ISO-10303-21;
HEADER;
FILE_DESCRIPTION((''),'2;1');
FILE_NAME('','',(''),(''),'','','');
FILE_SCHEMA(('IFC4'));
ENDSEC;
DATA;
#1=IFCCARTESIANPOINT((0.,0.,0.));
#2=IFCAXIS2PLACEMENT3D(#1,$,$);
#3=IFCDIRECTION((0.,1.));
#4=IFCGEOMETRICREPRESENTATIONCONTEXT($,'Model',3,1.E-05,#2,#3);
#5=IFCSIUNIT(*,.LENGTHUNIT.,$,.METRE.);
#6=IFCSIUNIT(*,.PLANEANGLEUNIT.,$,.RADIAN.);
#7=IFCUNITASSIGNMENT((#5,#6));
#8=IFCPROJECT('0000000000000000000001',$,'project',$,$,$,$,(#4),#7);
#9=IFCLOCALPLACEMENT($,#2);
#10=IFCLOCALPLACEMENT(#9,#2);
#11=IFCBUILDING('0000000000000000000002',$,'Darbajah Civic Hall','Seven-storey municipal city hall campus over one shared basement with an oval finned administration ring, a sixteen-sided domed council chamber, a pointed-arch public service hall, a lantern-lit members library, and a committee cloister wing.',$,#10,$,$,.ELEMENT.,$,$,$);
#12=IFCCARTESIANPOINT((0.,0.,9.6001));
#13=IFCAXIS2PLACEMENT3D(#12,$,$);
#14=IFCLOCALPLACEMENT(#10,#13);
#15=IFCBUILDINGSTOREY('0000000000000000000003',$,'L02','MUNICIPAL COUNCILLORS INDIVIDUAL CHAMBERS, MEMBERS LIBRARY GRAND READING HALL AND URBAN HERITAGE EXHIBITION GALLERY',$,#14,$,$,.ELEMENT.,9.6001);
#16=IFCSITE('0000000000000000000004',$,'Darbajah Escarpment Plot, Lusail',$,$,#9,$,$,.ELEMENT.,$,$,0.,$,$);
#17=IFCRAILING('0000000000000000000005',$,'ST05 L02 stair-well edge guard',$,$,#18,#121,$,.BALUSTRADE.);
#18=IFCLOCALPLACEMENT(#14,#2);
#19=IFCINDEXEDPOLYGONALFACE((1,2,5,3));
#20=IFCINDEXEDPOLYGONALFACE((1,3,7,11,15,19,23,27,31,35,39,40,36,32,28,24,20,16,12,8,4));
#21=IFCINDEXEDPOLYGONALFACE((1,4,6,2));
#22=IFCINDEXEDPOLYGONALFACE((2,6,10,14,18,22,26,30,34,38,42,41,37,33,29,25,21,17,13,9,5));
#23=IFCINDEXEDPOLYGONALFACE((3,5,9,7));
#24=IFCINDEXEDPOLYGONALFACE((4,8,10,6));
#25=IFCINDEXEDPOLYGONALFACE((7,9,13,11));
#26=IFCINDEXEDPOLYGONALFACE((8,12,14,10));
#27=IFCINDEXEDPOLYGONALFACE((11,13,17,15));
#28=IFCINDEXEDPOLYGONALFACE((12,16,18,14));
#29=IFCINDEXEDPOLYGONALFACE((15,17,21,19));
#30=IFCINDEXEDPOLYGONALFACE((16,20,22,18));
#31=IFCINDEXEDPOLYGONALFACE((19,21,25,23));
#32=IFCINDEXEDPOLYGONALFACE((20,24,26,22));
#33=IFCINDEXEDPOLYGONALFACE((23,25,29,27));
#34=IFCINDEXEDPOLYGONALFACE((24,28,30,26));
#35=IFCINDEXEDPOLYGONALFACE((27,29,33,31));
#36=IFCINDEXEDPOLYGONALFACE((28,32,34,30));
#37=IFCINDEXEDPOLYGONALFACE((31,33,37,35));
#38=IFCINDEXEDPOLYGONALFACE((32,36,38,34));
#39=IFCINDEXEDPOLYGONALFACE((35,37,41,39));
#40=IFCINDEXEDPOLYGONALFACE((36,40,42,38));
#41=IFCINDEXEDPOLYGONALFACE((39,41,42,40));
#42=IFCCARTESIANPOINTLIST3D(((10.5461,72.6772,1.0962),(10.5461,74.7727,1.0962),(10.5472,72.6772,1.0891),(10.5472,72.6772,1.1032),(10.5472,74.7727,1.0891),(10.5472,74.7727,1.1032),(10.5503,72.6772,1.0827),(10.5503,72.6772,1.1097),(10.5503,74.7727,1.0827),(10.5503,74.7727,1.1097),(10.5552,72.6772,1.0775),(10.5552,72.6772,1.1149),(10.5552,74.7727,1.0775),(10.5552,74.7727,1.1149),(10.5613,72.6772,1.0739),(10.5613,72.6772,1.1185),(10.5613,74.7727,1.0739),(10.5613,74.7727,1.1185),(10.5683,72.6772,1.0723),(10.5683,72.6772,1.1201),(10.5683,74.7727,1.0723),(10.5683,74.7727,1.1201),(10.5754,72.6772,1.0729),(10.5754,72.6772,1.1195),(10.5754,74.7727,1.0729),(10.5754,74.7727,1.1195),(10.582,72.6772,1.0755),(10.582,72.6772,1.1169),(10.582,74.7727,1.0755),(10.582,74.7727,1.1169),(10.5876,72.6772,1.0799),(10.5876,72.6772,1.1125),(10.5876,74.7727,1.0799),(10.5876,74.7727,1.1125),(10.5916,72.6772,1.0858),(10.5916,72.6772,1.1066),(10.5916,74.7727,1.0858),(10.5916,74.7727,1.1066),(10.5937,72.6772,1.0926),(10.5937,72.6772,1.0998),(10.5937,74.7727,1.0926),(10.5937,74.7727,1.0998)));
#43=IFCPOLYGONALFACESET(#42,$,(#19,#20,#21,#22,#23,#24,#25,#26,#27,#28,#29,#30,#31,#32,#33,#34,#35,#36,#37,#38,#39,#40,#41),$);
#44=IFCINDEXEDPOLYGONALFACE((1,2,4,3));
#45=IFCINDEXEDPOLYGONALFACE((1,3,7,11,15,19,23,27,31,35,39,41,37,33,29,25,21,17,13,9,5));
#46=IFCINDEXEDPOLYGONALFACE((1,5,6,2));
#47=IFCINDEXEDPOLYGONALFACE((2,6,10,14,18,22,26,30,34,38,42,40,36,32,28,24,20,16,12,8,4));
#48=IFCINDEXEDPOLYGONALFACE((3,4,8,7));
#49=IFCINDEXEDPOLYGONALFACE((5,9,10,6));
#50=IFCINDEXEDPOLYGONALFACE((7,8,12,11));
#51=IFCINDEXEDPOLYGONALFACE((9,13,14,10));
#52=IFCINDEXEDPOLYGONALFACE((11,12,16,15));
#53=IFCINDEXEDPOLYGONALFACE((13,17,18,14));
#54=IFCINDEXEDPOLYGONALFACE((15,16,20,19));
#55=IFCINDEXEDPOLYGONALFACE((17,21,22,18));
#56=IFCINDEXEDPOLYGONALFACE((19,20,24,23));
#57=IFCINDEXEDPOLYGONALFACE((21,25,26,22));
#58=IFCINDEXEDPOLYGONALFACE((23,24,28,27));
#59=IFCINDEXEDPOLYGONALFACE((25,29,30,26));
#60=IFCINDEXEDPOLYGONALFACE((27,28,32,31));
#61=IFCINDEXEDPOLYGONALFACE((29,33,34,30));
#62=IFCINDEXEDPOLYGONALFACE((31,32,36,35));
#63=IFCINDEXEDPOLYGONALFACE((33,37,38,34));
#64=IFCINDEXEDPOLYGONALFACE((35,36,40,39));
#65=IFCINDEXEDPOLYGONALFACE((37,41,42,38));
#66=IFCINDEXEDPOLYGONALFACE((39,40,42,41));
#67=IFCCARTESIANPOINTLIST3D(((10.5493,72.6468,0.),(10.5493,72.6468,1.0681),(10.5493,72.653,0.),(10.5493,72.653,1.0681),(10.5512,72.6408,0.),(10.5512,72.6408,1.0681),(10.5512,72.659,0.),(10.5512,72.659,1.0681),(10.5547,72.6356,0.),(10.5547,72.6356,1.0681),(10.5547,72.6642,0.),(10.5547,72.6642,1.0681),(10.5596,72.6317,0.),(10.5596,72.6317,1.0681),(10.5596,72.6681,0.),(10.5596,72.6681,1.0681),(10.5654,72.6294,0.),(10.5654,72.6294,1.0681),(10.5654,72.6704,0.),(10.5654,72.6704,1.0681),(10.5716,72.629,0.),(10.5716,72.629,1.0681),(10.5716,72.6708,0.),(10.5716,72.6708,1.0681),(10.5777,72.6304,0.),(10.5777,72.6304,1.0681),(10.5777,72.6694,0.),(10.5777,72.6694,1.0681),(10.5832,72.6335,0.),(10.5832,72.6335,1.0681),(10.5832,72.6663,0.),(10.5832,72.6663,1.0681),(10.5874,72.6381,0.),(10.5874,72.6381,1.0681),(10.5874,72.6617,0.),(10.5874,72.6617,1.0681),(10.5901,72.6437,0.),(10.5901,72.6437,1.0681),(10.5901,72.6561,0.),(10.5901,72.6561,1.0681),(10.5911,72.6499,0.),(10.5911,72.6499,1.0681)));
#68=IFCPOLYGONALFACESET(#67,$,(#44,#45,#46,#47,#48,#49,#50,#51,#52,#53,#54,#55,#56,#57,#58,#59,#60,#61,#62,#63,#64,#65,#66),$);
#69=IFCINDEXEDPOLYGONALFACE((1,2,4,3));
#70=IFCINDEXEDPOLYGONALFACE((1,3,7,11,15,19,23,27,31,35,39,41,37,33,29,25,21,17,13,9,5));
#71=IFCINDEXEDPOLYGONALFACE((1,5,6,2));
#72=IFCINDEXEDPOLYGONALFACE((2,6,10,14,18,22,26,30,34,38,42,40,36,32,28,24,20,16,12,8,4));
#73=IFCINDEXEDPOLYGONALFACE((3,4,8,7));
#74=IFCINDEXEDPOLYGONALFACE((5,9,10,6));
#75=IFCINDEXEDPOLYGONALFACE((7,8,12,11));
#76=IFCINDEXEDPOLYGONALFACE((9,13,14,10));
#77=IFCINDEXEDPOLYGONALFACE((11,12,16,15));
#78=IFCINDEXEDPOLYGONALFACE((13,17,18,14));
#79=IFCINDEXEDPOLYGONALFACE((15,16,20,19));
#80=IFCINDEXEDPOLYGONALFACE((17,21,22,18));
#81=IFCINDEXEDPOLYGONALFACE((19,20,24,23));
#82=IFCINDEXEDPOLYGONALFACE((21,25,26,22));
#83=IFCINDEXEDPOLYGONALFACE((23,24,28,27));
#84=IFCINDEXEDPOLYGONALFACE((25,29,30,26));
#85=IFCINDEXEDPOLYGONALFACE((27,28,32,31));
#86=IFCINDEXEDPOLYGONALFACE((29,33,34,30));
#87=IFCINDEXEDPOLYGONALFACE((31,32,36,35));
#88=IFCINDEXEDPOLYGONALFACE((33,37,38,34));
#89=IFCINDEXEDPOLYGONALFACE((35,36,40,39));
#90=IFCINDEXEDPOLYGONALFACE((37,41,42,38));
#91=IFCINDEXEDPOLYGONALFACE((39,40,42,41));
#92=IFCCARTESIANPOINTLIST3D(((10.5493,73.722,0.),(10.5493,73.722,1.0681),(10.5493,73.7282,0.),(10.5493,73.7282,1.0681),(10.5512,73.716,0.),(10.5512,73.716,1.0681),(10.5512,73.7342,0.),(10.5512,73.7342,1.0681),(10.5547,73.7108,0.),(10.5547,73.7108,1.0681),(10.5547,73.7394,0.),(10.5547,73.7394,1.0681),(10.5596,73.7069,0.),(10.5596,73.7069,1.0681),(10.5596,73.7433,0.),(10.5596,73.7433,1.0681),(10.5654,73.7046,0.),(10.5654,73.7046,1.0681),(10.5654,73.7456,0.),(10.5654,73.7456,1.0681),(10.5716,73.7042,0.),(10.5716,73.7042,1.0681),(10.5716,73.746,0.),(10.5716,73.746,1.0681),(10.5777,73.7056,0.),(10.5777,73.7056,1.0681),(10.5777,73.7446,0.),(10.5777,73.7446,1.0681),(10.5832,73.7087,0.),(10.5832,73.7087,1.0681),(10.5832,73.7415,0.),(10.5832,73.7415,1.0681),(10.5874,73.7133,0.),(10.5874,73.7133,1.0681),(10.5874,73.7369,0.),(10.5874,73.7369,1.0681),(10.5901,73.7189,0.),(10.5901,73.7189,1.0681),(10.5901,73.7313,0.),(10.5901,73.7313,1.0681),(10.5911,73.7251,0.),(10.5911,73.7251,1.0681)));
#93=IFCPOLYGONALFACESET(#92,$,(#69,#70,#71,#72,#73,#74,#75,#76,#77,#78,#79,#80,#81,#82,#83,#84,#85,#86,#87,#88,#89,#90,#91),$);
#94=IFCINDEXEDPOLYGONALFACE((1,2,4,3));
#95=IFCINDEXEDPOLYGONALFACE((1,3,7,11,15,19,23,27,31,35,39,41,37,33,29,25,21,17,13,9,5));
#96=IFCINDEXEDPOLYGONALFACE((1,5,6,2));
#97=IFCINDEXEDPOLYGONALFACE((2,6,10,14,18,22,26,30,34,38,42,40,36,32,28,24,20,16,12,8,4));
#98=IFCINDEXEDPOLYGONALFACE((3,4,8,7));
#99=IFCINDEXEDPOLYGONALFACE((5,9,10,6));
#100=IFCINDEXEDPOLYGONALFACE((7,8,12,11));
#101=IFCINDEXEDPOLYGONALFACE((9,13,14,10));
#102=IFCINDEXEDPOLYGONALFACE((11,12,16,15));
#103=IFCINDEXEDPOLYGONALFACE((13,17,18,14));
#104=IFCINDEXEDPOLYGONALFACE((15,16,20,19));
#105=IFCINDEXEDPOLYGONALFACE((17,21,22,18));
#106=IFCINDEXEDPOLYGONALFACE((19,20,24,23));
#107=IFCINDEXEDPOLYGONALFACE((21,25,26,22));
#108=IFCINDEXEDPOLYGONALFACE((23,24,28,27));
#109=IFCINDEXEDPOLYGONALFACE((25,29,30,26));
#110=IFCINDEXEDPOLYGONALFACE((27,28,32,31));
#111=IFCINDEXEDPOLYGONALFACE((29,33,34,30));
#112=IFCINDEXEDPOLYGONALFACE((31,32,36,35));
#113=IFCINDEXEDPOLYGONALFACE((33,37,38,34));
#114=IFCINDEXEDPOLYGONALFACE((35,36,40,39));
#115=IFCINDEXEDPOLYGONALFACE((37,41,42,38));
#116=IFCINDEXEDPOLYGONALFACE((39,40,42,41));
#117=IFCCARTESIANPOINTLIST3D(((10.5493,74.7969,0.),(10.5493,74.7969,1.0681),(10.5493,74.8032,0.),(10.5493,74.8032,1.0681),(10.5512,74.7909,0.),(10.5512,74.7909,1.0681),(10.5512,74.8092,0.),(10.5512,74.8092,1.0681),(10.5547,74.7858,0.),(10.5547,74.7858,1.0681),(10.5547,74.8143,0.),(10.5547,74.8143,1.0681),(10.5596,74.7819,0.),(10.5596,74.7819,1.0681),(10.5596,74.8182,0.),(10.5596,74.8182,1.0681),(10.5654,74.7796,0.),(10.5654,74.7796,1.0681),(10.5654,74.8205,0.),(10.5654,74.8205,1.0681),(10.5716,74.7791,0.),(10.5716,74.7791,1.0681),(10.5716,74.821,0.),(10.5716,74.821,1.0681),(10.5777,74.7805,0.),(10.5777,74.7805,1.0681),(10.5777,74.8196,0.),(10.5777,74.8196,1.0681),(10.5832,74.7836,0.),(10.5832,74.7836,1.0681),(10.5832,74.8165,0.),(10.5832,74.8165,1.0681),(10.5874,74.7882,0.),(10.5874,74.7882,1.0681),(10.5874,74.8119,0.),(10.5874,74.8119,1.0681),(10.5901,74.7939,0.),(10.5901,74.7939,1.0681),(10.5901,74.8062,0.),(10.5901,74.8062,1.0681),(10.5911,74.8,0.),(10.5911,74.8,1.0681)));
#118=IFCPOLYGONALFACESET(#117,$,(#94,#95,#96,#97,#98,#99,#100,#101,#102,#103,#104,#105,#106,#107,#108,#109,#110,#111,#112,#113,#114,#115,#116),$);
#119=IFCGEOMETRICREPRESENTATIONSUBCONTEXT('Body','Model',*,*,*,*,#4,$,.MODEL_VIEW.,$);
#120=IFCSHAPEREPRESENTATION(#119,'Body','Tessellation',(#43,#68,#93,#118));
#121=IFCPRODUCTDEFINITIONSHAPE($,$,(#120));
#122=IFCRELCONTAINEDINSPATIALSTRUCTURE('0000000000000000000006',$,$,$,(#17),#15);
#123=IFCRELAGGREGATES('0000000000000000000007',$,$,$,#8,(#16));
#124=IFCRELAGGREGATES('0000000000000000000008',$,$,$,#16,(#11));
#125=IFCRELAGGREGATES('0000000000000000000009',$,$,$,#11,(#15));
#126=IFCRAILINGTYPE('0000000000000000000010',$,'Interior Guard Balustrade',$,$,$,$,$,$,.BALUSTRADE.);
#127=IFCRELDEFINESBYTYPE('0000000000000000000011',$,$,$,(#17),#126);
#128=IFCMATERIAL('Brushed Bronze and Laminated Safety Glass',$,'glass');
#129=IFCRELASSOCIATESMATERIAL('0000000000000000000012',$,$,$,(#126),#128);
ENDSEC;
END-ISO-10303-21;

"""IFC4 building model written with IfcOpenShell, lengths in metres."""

from ifc_helpers import new_model, si_unit, direction, frame, origin, origin_2d, place, context, subcontext, project, spatial, circle, extrude, material, type_object, element, save


model = new_model("IFC4")

# Units and contexts
model_context = context("Model", 3, precision=1e-05, world=origin(), true_north=direction((0.0, 1.0)))
body_context = subcontext(model_context, "Body", "Model", "MODEL_VIEW")
ifc_project = project(units=[si_unit("LENGTHUNIT", "METRE"), si_unit("PLANEANGLEUNIT", "RADIAN")], contexts=[model_context])

# Site, building, storey
site_placement = place(None, origin())
site = spatial("IfcSite", under=ifc_project, at=site_placement, Name="Darbajah Escarpment Plot, Lusail", CompositionType="ELEMENT", RefElevation=0.0)
building_placement = place(site_placement, origin())
building = spatial("IfcBuilding", under=site, at=building_placement, Name="Darbajah Civic Hall", Description="Seven-storey municipal city hall campus over one shared basement with an oval finned administration ring, a sixteen-sided domed council chamber, a pointed-arch public service hall, a lantern-lit members library, and a committee cloister wing.", CompositionType="ELEMENT")
storey_placement = place(building_placement, frame((0.0, 0.0, 9.6001)))
storey = spatial("IfcBuildingStorey", under=building, at=storey_placement, Name="L02", Description="MUNICIPAL COUNCILLORS INDIVIDUAL CHAMBERS, MEMBERS LIBRARY GRAND READING HALL AND URBAN HERITAGE EXHIBITION GALLERY", CompositionType="ELEMENT", Elevation=9.6001)

# Railing
ifc_material_1 = material(Name="Brushed Bronze and Laminated Safety Glass", Category="glass")
railing_type_1 = type_object("IfcRailingType", Name="Interior Guard Balustrade", PredefinedType="BALUSTRADE", material=ifc_material_1)
railing_1_placement = place(storey_placement, frame((10.5701, 72.6499, 0.0)))
element("IfcRailing", 1, at=railing_1_placement, inside=storey, type_object=railing_type_1, Name="ST05 L02 stair-well edge guard", PredefinedType="BALUSTRADE", context=body_context, shape_type="SweptSolid", body=[
    extrude(circle(Radius=0.0239, at=origin_2d()), frame((0.0, 0.0273, 1.0962), z_axis=(0.0, 1.0, 0.0), x_axis=(-1.0, 0.0, 0.0)), (0.0, 0.0, 1.0), 2.0955),
    extrude(circle(Radius=0.021, at=origin_2d()), origin(), (0.0, 0.0, 1.0), 1.0681),
    extrude(circle(Radius=0.021, at=origin_2d()), frame((0.0, 1.0752, 0.0)), (0.0, 0.0, 1.0), 1.0681),
    extrude(circle(Radius=0.021, at=origin_2d()), frame((0.0, 2.1501, 0.0)), (0.0, 0.0, 1.0), 1.0681),
])

save(model, "model.ifc")
